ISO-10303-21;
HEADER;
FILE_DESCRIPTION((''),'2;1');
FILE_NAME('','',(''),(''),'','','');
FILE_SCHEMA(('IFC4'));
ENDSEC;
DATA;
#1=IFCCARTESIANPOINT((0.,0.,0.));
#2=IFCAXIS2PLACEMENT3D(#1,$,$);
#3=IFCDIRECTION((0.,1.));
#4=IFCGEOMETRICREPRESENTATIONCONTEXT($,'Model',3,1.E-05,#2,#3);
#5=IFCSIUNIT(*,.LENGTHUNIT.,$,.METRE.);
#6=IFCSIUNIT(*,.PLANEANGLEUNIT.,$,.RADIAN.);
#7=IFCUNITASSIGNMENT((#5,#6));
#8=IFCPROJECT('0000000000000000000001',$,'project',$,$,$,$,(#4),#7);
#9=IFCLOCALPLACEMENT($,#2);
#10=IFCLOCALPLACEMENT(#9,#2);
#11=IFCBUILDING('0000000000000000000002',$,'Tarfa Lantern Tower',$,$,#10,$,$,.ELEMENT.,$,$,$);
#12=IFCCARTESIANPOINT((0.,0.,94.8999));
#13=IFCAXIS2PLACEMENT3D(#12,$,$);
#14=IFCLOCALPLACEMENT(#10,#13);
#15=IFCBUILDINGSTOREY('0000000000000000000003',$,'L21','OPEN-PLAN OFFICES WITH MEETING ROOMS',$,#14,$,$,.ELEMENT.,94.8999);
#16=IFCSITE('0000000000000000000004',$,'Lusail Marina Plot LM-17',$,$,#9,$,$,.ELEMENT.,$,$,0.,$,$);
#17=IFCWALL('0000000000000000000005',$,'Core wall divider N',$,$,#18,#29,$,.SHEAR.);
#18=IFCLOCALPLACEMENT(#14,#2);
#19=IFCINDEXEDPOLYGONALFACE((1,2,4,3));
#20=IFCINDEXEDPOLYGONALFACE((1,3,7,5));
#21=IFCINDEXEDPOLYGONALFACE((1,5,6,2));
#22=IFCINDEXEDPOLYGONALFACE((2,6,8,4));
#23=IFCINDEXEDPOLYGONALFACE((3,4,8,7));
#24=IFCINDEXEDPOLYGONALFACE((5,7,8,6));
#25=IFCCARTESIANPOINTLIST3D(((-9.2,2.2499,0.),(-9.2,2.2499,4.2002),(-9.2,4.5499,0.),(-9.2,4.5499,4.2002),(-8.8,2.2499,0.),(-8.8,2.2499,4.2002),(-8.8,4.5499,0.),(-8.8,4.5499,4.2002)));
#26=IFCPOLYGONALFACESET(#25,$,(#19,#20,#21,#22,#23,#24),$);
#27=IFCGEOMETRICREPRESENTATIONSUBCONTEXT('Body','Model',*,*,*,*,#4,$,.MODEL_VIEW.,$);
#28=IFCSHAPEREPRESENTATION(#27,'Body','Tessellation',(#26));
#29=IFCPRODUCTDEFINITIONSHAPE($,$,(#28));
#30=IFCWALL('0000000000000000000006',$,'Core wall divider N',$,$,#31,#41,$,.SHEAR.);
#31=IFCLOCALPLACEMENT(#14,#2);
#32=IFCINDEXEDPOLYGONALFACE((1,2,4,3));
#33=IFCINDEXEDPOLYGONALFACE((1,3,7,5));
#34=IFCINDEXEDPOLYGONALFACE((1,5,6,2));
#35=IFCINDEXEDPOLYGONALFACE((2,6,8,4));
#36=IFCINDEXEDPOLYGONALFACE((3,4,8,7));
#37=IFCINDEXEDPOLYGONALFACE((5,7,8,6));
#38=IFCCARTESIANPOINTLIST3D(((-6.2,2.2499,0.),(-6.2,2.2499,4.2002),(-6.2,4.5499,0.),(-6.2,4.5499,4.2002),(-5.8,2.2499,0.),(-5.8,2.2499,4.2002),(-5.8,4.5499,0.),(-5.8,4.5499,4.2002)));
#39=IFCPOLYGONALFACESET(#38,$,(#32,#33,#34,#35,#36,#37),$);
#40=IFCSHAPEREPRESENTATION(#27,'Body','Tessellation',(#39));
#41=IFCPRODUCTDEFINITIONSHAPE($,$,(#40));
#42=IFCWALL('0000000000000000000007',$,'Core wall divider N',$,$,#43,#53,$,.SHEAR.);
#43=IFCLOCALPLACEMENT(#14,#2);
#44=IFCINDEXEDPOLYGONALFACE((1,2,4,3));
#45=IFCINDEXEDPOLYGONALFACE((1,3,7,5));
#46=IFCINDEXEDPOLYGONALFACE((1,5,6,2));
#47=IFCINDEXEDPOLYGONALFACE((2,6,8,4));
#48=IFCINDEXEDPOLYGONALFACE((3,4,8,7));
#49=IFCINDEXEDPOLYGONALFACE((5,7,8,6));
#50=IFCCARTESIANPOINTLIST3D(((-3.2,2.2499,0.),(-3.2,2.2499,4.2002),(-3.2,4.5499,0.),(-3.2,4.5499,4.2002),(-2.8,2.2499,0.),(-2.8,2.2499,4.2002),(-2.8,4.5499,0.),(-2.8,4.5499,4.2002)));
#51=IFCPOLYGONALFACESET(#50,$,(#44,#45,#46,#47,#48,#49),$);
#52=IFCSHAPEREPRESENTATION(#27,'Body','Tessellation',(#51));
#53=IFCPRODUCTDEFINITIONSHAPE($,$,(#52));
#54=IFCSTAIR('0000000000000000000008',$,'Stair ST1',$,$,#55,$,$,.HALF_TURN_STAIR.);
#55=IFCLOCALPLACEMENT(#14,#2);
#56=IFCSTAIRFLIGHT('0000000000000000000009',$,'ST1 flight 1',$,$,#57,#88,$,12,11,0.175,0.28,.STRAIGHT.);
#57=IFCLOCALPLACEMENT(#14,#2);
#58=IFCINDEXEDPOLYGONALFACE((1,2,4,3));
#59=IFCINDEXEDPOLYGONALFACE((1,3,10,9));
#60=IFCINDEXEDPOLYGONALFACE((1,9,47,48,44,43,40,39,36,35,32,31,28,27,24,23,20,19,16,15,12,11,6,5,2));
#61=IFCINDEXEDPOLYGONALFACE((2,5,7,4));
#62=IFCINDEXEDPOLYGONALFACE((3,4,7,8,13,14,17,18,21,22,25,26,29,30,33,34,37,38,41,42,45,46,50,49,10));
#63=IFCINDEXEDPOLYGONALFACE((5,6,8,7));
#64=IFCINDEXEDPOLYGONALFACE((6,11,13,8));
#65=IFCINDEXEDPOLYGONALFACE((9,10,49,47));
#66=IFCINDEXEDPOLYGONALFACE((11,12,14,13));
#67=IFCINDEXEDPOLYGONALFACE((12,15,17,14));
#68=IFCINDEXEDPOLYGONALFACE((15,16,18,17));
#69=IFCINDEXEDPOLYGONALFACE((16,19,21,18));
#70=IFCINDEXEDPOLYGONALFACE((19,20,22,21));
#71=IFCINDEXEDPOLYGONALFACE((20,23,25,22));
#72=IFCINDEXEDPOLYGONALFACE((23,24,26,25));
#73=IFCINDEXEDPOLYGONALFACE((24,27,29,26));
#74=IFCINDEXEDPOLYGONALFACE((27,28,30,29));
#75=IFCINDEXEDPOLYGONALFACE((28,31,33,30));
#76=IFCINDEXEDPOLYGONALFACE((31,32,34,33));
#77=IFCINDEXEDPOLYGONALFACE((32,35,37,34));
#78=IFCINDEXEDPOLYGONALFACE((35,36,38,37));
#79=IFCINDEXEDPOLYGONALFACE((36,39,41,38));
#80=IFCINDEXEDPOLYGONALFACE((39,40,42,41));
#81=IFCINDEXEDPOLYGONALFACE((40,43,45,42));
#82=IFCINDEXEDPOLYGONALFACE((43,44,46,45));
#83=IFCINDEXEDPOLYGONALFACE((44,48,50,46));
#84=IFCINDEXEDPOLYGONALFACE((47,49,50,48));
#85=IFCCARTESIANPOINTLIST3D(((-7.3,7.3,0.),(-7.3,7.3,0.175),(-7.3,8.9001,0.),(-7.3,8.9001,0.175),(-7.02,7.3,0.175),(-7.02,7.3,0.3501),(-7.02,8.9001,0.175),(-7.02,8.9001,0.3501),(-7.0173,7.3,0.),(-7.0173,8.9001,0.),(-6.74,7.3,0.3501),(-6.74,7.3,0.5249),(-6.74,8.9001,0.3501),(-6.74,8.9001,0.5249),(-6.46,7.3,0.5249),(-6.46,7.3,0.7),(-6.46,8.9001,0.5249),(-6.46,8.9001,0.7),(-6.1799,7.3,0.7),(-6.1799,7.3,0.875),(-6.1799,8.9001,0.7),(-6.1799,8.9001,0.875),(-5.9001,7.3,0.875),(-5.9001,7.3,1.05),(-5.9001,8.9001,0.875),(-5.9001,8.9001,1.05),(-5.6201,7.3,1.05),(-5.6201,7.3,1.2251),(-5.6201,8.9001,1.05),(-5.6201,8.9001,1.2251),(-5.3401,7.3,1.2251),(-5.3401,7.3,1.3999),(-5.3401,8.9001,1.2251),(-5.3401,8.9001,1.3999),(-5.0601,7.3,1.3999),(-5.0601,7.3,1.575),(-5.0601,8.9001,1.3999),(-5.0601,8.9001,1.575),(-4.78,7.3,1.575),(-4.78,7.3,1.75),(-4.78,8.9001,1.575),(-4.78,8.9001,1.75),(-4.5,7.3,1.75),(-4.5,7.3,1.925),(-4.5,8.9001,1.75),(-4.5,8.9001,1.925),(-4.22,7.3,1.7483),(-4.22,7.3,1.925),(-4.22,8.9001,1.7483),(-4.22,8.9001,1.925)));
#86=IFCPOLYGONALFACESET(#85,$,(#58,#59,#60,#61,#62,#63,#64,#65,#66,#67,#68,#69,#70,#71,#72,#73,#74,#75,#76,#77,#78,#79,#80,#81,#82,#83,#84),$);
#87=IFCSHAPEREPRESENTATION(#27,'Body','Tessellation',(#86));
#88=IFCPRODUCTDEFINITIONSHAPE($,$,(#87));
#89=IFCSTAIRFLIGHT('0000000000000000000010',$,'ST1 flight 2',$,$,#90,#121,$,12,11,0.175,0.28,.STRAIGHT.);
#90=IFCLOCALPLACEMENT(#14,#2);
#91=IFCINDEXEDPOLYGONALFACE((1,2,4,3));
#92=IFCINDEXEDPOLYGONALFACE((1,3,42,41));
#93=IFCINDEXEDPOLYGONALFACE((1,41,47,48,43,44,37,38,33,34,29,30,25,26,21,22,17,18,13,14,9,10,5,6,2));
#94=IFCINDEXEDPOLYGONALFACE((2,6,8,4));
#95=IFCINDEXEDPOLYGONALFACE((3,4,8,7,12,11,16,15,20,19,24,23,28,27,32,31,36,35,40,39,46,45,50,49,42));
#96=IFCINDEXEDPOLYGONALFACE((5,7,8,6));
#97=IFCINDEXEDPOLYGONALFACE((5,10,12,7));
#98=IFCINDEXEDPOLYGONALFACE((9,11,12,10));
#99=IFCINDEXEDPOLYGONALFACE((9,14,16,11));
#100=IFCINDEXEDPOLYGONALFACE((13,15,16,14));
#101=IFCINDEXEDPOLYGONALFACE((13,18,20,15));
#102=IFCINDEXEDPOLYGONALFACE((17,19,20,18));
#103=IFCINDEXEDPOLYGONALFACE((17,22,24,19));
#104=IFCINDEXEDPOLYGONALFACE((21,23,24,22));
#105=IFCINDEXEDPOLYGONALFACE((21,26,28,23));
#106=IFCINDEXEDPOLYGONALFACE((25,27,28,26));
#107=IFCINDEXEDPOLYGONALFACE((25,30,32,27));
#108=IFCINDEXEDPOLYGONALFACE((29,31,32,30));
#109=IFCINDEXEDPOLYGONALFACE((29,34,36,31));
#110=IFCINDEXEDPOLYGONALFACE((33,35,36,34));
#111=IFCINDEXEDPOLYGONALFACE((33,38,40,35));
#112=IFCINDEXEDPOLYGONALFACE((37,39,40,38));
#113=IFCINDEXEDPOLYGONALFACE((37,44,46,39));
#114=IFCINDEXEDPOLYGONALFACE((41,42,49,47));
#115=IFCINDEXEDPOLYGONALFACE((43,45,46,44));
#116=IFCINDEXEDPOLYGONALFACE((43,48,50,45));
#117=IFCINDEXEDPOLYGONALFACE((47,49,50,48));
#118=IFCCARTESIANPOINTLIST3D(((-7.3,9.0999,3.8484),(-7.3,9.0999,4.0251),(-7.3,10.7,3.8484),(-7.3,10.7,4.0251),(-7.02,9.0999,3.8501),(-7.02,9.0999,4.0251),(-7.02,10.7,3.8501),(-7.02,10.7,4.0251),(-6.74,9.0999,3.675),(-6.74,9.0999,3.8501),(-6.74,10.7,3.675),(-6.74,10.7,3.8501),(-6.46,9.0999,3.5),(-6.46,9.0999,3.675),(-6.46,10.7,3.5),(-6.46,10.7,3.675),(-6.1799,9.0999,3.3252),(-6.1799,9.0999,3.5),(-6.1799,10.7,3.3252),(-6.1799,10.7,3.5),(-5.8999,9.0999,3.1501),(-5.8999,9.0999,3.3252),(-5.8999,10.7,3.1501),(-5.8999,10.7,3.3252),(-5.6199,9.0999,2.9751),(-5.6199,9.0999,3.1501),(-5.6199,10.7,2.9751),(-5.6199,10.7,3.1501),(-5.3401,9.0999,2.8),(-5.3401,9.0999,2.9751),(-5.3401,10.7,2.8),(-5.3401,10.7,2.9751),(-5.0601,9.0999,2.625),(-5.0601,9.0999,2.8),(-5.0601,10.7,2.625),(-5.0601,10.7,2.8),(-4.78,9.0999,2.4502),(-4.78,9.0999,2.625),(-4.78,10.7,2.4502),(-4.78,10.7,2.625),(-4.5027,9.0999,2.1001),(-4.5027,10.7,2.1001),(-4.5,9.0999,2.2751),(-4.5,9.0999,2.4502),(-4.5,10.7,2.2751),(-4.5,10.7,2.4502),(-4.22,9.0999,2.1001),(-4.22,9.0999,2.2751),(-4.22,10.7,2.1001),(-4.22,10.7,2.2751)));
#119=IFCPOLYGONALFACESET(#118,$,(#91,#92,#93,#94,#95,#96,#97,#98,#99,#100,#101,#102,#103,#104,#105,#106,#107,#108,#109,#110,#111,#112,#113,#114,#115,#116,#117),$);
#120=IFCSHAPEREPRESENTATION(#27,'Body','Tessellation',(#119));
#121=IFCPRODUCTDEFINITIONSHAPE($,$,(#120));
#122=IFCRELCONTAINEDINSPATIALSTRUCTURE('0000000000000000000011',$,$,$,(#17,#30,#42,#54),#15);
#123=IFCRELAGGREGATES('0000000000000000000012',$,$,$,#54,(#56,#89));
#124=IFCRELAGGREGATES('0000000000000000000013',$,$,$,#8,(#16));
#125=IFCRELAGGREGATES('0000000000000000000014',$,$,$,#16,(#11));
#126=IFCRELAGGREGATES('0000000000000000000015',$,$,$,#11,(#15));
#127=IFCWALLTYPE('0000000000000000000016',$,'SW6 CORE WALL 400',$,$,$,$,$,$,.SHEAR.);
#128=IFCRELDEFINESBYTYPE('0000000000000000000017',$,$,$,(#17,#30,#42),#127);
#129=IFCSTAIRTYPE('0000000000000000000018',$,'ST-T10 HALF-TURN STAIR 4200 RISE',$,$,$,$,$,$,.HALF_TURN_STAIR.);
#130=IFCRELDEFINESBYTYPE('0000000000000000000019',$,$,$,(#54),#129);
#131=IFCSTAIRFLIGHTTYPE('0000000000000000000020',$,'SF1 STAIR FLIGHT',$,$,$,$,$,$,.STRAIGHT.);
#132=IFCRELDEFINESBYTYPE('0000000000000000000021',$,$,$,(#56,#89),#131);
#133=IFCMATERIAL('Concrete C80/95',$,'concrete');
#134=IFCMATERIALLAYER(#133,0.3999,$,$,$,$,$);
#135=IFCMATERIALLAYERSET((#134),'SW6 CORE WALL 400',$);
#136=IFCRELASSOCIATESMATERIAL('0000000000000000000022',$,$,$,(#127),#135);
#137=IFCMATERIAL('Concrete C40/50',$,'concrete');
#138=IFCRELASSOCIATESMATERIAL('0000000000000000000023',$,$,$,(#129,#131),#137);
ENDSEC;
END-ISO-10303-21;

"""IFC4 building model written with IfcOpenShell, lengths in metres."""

from ifc_helpers import new_model, si_unit, direction, frame, frame_2d, origin, place, context, subcontext, project, spatial, polyline, rectangle, outline, extrude, material, layer, layer_set, type_object, element, aggregate, save


model = new_model("IFC4")

# Units and contexts
model_context = context("Model", 3, precision=1e-05, world=origin(), true_north=direction((0.0, 1.0)))
body_context = subcontext(model_context, "Body", "Model", "MODEL_VIEW")
ifc_project = project(units=[si_unit("LENGTHUNIT", "METRE"), si_unit("PLANEANGLEUNIT", "RADIAN")], contexts=[model_context])

# Site, building, storey
site_placement = place(None, origin())
site = spatial("IfcSite", under=ifc_project, at=site_placement, Name="Lusail Marina Plot LM-17", CompositionType="ELEMENT", RefElevation=0.0)
building_placement = place(site_placement, origin())
building = spatial("IfcBuilding", under=site, at=building_placement, Name="Tarfa Lantern Tower", CompositionType="ELEMENT")
storey_placement = place(building_placement, frame((0.0, 0.0, 94.8999)))
storey = spatial("IfcBuildingStorey", under=building, at=storey_placement, Name="L21", Description="OPEN-PLAN OFFICES WITH MEETING ROOMS", CompositionType="ELEMENT", Elevation=94.8999)

# Shared definitions
ifc_material_1 = material(Name="Concrete C80/95", Category="concrete")

# Walls
ifc_layer_1 = layer(ifc_material_1, 0.3999)
ifc_layer_set_1 = layer_set([ifc_layer_1], Name="SW6 CORE WALL 400")
wall_type_1 = type_object("IfcWallType", Name="SW6 CORE WALL 400", PredefinedType="SHEAR", material=ifc_layer_set_1)
for number, where, z_axis, x_axis, name in (
    (1, (-9.0, 2.25, 0.0), (0.0, 0.0, 1.0), (0.0, 1.0, 0.0), "Core wall divider N"),
    (2, (-6.0, 2.25, 0.0), (0.0, 0.0, 1.0), (0.0, 1.0, 0.0), "Core wall divider N"),
    (3, (-3.0, 2.25, 0.0), (0.0, 0.0, 1.0), (0.0, 1.0, 0.0), "Core wall divider N"),
):
    element("IfcWall", number, at=place(storey_placement, frame(where, z_axis=z_axis, x_axis=x_axis)), inside=storey, type_object=wall_type_1, Name=name, PredefinedType="SHEAR", context=body_context, shape_type="SweptSolid", body=[
        extrude(rectangle(XDim=2.3, YDim=0.3999, at=frame_2d((1.1499, 0.0))), origin(), (0.0, 0.0, 1.0), 4.2002),
    ])

# Stair, stair flights
ifc_material_2 = material(Name="Concrete C40/50", Category="concrete")
stair_type = type_object("IfcStairType", Name="ST-T10 HALF-TURN STAIR 4200 RISE", PredefinedType="HALF_TURN_STAIR", material=ifc_material_2)
stair_placement = place(storey_placement, origin())
stair = element("IfcStair", 4, at=stair_placement, inside=storey, type_object=stair_type, Name="Stair ST1", PredefinedType="HALF_TURN_STAIR")
stair_flight_type = type_object("IfcStairFlightType", Name="SF1 STAIR FLIGHT", PredefinedType="STRAIGHT", material=ifc_material_2)
stair_flight_1_placement = place(storey_placement, frame((-7.3, 8.1001, 0.0), z_axis=(0.0, 0.0, 1.0), x_axis=(1.0, 0.0, 0.0)))
stair_flight_1 = element("IfcStairFlight", 5, at=stair_flight_1_placement, type_object=stair_flight_type, Name="ST1 flight 1", NumberOfRisers=12, NumberOfTreads=11, PredefinedType="STRAIGHT", RiserHeight=0.175, TreadLength=0.28, context=body_context, shape_type="SweptSolid", body=[
    extrude(outline(polyline([(0.0, 0.0), (0.0, 0.175), (0.28, 0.175), (0.28, 0.3501), (0.5601, 0.3501), (0.5601, 0.5249), (0.8401, 0.5249), (0.8401, 0.7), (1.1201, 0.7), (1.1201, 0.875), (1.3999, 0.875), (1.3999, 1.05), (1.6799, 1.05), (1.6799, 1.2251), (1.96, 1.2251), (1.96, 1.3999), (2.24, 1.3999), (2.24, 1.575), (2.52, 1.575), (2.52, 1.75), (2.8, 1.75), (2.8, 1.925), (3.0801, 1.925), (3.0801, 2.1001), (3.0801, 1.7483), (0.2827, 0.0), (0.0, 0.0)])), frame((0.0, 0.8, 0.0), z_axis=(0.0, -1.0, 0.0), x_axis=(1.0, 0.0, 0.0)), (0.0, 0.0, 1.0), 1.6001),
])
stair_flight_2_placement = place(storey_placement, frame((-4.22, 9.8999, 2.1001), z_axis=(0.0, 0.0, 1.0), x_axis=(-1.0, 0.0, 0.0)))
stair_flight_2 = element("IfcStairFlight", 6, at=stair_flight_2_placement, type_object=stair_flight_type, Name="ST1 flight 2", NumberOfRisers=12, NumberOfTreads=11, PredefinedType="STRAIGHT", RiserHeight=0.175, TreadLength=0.28, context=body_context, shape_type="SweptSolid", body=[
    extrude(outline(polyline([(0.0, 0.0), (0.0, 0.175), (0.28, 0.175), (0.28, 0.3501), (0.5601, 0.3501), (0.5601, 0.5249), (0.8401, 0.5249), (0.8401, 0.7), (1.1201, 0.7), (1.1201, 0.875), (1.3999, 0.875), (1.3999, 1.05), (1.6799, 1.05), (1.6799, 1.2251), (1.96, 1.2251), (1.96, 1.3999), (2.24, 1.3999), (2.24, 1.575), (2.52, 1.575), (2.52, 1.75), (2.8, 1.75), (2.8, 1.925), (3.0801, 1.925), (3.0801, 2.1001), (3.0801, 1.7483), (0.2827, 0.0), (0.0, 0.0)])), frame((0.0, 0.8, 0.0), z_axis=(0.0, -1.0, 0.0), x_axis=(1.0, 0.0, 0.0)), (0.0, 0.0, 1.0), 1.6001),
])
aggregate(stair, [stair_flight_1, stair_flight_2])

save(model, "model.ifc")
